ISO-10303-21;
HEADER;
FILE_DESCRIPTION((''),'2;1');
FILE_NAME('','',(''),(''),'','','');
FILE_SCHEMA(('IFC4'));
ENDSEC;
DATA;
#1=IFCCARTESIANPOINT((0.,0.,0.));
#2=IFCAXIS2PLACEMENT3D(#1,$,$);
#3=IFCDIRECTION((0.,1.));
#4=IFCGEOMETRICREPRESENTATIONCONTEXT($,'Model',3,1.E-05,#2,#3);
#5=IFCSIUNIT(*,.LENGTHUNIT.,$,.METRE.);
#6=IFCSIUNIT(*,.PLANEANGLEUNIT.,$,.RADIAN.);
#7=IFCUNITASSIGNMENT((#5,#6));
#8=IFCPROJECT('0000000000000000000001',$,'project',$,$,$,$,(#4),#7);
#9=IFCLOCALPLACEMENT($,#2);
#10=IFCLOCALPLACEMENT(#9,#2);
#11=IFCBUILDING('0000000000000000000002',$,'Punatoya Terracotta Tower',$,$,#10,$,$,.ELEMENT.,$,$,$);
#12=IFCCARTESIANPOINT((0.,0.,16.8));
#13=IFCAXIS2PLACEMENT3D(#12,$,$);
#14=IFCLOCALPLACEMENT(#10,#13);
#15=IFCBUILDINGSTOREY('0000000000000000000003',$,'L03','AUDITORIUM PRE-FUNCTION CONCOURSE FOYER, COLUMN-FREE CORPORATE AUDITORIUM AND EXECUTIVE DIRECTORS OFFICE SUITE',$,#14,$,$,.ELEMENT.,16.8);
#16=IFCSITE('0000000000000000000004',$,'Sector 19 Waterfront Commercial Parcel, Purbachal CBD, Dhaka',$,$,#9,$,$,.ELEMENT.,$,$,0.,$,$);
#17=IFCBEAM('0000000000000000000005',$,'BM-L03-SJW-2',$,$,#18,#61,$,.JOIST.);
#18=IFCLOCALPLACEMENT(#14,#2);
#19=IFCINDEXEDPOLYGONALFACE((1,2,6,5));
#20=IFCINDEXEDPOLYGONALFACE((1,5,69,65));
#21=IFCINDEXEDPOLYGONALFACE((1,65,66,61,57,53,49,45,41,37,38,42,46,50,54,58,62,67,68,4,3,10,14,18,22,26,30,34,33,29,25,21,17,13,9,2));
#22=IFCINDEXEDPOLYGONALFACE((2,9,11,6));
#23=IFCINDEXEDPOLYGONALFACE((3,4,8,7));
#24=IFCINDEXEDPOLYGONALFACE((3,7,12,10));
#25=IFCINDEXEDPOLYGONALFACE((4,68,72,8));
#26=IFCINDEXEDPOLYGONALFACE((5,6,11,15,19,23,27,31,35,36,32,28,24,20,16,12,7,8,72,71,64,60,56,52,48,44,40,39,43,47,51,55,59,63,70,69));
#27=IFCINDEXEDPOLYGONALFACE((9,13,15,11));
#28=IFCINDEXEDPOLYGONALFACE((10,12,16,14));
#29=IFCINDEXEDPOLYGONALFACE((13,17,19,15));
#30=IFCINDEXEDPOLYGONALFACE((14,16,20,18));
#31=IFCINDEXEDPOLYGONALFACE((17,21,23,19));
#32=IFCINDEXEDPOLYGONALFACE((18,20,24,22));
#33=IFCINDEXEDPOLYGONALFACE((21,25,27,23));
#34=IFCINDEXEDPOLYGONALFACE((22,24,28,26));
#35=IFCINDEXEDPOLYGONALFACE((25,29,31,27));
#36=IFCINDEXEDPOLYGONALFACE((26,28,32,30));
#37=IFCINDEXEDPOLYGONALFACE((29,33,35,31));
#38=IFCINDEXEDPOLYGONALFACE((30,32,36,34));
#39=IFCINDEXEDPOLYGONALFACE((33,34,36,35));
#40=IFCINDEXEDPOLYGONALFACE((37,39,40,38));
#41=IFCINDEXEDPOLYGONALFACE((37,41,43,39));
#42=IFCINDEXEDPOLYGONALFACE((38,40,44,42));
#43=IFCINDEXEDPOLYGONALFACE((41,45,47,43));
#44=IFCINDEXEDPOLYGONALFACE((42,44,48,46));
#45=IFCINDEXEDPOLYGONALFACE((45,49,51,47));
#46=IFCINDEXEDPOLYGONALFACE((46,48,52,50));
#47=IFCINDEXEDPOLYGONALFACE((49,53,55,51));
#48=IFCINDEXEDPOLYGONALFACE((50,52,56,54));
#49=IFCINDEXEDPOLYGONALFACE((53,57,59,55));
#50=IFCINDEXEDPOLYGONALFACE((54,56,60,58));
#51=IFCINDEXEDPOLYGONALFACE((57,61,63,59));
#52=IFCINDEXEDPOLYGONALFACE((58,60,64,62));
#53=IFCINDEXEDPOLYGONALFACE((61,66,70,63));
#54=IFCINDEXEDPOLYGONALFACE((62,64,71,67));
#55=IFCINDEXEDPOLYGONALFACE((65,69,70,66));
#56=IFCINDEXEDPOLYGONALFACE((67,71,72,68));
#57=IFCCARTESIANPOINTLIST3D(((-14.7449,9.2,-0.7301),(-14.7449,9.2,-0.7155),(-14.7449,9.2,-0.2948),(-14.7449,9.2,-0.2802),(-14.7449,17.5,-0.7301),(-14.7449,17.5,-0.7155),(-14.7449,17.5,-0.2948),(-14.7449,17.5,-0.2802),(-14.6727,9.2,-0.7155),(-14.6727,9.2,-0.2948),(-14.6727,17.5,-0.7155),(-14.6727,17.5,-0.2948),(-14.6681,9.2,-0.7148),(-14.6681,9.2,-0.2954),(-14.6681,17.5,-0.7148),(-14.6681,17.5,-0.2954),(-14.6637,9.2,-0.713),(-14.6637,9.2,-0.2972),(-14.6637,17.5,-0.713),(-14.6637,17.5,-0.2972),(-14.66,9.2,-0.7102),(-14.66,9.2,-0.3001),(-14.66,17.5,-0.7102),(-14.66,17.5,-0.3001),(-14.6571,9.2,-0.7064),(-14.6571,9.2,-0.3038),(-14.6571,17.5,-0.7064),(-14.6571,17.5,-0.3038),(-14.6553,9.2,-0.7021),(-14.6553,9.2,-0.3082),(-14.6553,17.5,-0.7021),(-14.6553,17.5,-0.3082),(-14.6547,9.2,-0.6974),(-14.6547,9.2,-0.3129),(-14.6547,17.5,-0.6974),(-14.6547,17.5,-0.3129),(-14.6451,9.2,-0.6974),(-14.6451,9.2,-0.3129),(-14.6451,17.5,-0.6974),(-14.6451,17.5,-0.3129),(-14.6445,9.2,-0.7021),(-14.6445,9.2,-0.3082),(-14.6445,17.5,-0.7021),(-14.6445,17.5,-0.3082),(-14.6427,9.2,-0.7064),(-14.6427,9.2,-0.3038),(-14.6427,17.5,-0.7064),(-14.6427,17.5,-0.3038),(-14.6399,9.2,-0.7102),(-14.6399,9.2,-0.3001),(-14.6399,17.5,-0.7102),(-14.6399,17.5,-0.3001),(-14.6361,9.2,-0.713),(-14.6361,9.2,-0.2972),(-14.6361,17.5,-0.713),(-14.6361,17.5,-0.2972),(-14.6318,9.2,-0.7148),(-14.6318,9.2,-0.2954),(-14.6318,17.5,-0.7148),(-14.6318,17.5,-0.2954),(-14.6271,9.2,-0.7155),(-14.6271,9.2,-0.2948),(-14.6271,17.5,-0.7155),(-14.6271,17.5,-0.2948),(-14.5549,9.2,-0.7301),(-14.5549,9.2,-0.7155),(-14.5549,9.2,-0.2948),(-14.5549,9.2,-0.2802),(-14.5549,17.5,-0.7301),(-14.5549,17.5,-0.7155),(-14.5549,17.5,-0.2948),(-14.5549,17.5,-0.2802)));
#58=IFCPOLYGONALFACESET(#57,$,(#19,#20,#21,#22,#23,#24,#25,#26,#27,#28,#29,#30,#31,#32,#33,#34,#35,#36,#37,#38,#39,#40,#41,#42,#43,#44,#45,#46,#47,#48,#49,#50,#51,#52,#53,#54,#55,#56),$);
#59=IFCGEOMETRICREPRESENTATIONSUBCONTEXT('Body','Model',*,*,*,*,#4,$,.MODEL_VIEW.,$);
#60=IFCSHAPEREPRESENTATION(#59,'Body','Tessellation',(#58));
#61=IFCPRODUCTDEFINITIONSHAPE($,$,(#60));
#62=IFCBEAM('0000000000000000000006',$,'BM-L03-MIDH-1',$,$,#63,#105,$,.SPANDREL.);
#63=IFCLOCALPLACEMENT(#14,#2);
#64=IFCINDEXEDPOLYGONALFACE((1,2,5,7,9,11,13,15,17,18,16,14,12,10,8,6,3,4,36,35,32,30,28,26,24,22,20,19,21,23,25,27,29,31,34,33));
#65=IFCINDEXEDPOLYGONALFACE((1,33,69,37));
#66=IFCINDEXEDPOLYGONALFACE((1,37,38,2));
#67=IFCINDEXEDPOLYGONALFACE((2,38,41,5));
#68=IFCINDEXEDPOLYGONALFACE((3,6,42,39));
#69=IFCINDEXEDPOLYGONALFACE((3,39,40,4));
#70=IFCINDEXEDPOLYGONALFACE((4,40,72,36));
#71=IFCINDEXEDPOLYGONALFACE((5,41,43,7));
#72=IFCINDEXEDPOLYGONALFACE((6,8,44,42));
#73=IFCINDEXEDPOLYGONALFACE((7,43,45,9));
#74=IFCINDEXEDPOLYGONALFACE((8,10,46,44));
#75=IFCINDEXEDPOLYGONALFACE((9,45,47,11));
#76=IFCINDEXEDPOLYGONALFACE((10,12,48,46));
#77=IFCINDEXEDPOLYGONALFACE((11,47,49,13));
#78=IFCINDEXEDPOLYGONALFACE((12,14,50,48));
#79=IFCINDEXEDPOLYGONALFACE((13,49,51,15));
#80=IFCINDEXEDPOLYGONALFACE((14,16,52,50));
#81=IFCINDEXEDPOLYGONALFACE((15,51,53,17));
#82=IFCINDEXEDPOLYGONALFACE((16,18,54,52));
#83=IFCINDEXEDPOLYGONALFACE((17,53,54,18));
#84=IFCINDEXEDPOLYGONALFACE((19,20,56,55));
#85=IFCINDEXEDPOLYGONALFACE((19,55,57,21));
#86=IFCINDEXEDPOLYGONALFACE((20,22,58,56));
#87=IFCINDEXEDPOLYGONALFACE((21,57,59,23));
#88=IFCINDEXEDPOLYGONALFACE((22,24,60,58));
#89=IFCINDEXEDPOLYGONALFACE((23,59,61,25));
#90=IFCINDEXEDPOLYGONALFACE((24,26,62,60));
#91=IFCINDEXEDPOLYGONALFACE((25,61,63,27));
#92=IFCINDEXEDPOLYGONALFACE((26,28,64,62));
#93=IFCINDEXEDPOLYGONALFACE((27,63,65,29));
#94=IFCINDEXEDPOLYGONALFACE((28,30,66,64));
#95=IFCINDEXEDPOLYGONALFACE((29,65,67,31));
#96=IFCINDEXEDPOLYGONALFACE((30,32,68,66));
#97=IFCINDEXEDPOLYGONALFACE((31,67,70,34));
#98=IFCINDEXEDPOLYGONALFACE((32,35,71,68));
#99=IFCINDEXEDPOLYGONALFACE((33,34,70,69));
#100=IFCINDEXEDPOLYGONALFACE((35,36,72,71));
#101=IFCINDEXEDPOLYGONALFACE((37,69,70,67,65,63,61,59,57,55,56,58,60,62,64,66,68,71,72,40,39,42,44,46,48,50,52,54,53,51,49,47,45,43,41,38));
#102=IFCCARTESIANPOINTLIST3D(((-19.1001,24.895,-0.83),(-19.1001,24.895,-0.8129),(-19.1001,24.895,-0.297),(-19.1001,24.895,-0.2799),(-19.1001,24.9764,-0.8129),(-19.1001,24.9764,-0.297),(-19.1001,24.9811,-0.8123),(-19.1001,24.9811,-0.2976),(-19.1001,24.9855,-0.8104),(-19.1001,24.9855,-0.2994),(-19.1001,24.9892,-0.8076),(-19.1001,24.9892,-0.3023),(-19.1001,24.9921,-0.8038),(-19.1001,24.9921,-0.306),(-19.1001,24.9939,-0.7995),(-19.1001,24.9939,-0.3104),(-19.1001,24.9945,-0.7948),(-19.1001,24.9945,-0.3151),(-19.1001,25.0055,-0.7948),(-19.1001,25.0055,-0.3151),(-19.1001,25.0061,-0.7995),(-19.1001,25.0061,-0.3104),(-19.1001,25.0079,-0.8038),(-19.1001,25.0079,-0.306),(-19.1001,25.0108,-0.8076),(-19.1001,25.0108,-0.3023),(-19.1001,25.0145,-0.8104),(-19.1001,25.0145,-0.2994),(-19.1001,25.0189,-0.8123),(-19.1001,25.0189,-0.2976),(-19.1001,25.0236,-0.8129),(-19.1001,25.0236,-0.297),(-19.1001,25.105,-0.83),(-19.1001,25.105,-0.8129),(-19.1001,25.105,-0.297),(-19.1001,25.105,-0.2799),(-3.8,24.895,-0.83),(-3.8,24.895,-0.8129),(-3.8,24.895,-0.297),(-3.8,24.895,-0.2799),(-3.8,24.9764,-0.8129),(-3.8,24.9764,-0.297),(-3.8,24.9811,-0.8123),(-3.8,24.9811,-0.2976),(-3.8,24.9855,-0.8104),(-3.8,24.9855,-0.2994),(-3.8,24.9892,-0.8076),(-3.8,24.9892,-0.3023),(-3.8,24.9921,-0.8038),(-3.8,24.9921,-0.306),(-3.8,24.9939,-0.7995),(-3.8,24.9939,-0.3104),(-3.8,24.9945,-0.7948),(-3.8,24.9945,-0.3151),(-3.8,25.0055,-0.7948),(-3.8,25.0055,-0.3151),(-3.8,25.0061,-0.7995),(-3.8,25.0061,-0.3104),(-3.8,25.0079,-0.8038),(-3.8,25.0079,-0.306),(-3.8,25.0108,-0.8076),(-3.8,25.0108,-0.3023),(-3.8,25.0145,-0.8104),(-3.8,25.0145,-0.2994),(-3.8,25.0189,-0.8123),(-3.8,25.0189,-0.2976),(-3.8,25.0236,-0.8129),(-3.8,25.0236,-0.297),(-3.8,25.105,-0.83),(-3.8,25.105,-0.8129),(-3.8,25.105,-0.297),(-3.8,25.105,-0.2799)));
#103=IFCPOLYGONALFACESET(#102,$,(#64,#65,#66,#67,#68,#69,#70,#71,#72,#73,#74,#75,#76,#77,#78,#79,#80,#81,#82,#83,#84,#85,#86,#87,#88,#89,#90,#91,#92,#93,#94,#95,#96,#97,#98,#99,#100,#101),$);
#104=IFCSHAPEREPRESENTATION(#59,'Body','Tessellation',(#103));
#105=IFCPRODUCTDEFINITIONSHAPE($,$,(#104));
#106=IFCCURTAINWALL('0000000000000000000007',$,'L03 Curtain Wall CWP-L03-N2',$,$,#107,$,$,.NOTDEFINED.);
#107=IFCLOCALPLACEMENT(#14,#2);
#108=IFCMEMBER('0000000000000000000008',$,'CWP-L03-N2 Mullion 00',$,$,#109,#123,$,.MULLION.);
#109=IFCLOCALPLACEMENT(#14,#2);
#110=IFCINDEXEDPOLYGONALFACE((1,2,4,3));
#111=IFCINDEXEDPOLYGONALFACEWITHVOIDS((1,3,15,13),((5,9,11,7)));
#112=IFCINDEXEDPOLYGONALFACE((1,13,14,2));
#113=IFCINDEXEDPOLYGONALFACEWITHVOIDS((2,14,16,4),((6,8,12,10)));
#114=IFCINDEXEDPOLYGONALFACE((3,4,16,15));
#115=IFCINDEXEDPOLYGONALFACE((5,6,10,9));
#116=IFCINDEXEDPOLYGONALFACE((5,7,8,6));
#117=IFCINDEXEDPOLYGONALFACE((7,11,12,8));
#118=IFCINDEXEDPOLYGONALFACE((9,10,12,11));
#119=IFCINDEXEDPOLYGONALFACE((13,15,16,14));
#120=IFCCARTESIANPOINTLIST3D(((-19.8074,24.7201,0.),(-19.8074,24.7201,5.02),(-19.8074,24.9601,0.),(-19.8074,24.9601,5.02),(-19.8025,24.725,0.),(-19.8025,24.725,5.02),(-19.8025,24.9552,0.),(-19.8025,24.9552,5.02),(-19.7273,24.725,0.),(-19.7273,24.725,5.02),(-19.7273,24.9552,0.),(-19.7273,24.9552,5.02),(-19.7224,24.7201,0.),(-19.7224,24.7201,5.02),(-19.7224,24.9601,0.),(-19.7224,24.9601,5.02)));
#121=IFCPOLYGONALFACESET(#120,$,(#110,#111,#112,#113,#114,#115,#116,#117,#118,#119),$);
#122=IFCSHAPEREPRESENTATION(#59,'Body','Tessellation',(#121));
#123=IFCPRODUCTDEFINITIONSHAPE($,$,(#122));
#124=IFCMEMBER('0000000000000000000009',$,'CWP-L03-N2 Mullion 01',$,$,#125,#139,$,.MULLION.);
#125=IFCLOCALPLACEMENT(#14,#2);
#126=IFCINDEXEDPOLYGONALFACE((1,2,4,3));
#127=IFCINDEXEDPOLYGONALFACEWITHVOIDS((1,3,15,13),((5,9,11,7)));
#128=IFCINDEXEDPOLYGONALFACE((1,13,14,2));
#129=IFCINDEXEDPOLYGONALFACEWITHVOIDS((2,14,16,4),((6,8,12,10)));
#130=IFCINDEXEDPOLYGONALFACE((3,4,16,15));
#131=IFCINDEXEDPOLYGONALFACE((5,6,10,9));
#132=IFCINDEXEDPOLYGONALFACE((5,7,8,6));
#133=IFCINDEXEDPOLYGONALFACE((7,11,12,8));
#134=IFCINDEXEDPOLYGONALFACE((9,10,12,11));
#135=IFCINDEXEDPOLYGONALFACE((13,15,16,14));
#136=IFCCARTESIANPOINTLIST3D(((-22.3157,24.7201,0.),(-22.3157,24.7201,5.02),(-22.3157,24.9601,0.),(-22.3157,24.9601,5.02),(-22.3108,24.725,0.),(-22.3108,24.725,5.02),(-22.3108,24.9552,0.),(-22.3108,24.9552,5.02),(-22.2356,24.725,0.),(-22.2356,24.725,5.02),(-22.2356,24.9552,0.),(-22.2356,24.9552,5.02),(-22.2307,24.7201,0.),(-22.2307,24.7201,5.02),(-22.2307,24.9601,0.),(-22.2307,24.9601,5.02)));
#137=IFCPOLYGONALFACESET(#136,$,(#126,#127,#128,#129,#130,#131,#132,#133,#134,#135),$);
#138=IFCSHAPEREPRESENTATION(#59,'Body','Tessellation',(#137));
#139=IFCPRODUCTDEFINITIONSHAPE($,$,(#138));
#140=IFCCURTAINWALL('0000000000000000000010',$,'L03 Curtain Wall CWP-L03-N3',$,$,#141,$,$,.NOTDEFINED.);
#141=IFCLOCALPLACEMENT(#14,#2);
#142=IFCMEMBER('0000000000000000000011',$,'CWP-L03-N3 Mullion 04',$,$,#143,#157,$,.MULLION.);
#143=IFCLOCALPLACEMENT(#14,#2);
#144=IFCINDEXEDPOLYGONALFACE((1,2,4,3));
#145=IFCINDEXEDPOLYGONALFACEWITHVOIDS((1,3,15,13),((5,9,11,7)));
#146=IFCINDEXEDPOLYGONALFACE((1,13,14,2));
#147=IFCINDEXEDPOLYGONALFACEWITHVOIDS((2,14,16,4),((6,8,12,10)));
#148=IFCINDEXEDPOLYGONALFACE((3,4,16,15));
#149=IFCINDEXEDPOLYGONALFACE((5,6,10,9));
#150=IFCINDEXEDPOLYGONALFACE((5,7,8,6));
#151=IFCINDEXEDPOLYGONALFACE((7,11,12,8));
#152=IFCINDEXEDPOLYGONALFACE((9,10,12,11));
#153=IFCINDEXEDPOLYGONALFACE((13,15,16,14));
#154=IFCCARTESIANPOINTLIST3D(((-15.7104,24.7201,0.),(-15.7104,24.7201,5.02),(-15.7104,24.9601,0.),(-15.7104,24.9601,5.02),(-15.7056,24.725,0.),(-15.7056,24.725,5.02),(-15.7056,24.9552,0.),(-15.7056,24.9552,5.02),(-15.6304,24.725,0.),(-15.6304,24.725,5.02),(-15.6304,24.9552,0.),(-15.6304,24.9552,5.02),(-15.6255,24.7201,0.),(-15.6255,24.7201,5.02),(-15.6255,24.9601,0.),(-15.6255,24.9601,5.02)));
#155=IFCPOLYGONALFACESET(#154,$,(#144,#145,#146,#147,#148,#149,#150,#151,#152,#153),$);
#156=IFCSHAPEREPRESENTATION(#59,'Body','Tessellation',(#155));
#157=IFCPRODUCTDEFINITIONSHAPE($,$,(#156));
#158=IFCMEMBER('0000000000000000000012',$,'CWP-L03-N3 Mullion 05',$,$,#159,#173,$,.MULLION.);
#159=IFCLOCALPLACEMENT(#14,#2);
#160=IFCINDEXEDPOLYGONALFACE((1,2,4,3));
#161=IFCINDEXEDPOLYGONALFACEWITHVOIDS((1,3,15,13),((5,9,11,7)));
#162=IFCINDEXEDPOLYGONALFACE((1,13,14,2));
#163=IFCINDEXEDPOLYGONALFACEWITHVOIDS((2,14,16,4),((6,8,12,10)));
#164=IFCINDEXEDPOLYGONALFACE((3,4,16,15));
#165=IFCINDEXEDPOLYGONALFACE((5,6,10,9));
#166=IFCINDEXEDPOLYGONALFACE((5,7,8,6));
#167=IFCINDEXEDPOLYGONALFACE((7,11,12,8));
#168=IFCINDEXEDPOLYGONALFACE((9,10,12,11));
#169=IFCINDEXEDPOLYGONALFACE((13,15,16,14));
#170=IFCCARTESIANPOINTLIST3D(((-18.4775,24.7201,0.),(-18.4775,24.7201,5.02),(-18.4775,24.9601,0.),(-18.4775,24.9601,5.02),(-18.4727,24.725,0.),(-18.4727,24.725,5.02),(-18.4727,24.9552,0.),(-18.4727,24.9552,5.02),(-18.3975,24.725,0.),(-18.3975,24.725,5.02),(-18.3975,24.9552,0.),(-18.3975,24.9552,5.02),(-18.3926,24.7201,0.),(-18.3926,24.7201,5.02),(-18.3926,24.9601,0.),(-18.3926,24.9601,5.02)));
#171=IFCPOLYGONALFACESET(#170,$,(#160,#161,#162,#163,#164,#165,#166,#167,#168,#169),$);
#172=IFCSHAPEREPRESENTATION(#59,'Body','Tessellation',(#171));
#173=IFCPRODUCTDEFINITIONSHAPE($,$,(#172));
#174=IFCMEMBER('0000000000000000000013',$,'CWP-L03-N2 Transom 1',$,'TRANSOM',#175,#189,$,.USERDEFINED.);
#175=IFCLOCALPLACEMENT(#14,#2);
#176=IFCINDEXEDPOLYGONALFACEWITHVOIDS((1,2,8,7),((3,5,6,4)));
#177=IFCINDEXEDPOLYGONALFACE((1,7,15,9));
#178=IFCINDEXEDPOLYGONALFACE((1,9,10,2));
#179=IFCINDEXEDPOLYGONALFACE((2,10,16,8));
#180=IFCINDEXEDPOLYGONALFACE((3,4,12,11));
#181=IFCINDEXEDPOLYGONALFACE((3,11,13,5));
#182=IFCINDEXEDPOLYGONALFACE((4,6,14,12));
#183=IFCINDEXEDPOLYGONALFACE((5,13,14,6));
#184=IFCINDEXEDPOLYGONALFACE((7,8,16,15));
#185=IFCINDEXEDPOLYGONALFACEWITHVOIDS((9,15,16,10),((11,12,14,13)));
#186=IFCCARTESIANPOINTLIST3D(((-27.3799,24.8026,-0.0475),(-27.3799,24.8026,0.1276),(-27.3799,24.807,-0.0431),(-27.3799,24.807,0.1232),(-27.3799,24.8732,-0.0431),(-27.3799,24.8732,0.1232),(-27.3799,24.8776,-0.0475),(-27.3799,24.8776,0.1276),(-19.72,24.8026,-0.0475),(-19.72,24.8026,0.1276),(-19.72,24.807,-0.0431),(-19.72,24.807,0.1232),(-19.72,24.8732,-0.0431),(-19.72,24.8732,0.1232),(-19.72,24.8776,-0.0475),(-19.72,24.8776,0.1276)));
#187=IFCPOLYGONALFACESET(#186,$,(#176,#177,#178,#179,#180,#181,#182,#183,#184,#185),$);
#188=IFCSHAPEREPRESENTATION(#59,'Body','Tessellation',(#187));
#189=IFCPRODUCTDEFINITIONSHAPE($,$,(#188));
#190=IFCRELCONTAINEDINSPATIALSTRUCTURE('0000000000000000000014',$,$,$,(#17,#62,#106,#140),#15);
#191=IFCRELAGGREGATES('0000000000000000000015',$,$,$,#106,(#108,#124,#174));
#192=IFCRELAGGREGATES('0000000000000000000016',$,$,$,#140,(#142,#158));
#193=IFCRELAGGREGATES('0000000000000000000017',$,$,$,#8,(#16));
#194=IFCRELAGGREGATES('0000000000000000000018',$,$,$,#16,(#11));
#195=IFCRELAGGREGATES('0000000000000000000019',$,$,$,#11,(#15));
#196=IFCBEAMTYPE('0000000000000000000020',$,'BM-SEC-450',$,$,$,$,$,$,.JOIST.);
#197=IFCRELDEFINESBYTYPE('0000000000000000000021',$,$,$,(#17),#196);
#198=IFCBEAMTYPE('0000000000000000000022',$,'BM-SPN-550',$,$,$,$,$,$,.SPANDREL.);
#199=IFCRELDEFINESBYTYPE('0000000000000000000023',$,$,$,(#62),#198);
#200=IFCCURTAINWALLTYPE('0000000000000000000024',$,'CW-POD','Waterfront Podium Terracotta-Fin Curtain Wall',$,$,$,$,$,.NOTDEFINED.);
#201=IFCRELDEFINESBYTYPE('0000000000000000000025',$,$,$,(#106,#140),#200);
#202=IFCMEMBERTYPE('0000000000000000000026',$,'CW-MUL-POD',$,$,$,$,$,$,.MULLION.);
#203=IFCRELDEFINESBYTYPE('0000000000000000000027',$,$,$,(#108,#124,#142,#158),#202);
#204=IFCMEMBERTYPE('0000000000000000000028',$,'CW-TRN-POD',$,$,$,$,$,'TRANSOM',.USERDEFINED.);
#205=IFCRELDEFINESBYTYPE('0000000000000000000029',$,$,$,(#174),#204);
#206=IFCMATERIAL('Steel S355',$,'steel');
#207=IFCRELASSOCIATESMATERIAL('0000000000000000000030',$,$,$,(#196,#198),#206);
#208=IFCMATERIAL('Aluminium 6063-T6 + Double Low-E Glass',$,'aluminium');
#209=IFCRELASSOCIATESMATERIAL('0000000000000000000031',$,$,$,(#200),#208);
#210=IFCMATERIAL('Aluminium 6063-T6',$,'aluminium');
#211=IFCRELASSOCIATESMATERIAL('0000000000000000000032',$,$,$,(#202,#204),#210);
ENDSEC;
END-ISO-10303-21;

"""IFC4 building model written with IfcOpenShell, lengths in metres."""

from ifc_helpers import new_model, si_unit, direction, frame, origin, origin_2d, place, context, subcontext, project, spatial, hollow_rectangle, i_section, extrude, material, material_profile, profile_set, type_object, element, aggregate, save


model = new_model("IFC4")

# Units and contexts
model_context = context("Model", 3, precision=1e-05, world=origin(), true_north=direction((0.0, 1.0)))
body_context = subcontext(model_context, "Body", "Model", "MODEL_VIEW")
ifc_project = project(units=[si_unit("LENGTHUNIT", "METRE"), si_unit("PLANEANGLEUNIT", "RADIAN")], contexts=[model_context])

# Site, building, storey
site_placement = place(None, origin())
site = spatial("IfcSite", under=ifc_project, at=site_placement, Name="Sector 19 Waterfront Commercial Parcel, Purbachal CBD, Dhaka", CompositionType="ELEMENT", RefElevation=0.0)
building_placement = place(site_placement, origin())
building = spatial("IfcBuilding", under=site, at=building_placement, Name="Punatoya Terracotta Tower", CompositionType="ELEMENT")
storey_placement = place(building_placement, frame((0.0, 0.0, 16.8)))
storey = spatial("IfcBuildingStorey", under=building, at=storey_placement, Name="L03", Description="AUDITORIUM PRE-FUNCTION CONCOURSE FOYER, COLUMN-FREE CORPORATE AUDITORIUM AND EXECUTIVE DIRECTORS OFFICE SUITE", CompositionType="ELEMENT", Elevation=16.8)

# Beams
ifc_material_1 = material(Name="Steel S355", Category="steel")
ifc_material_profile_1 = material_profile(ifc_material_1, i_section(OverallWidth=0.1899, OverallDepth=0.45, WebThickness=0.0095, FlangeThickness=0.0146, FilletRadius=0.0181, at=origin_2d()))
ifc_profile_set_1 = profile_set([ifc_material_profile_1], Name="Steel S355")
beam_type_1 = type_object("IfcBeamType", Name="BM-SEC-450", PredefinedType="JOIST", material=ifc_profile_set_1)
beam_1_placement = place(storey_placement, frame((-14.6499, 9.2, -0.5051), z_axis=(0.0, 1.0, 0.0), x_axis=(-1.0, 0.0, 0.0)))
element("IfcBeam", 1, at=beam_1_placement, inside=storey, type_object=beam_type_1, Name="BM-L03-SJW-2", PredefinedType="JOIST", context=body_context, shape_type="SweptSolid", body=[
    extrude(i_section(OverallWidth=0.1899, OverallDepth=0.45, WebThickness=0.0095, FlangeThickness=0.0146, FilletRadius=0.0181, at=origin_2d()), origin(), (0.0, 0.0, 1.0), 8.3),
])
ifc_material_profile_2 = material_profile(ifc_material_1, i_section(OverallWidth=0.21, OverallDepth=0.55, WebThickness=0.011, FlangeThickness=0.0171, FilletRadius=0.0181, at=origin_2d()))
ifc_profile_set_2 = profile_set([ifc_material_profile_2], Name="Steel S355")
beam_type_2 = type_object("IfcBeamType", Name="BM-SPN-550", PredefinedType="SPANDREL", material=ifc_profile_set_2)
beam_2_placement = place(storey_placement, frame((-19.1001, 25.0, -0.5549), z_axis=(1.0, 0.0, 0.0), x_axis=(0.0, 1.0, 0.0)))
element("IfcBeam", 2, at=beam_2_placement, inside=storey, type_object=beam_type_2, Name="BM-L03-MIDH-1", PredefinedType="SPANDREL", context=body_context, shape_type="SweptSolid", body=[
    extrude(i_section(OverallWidth=0.21, OverallDepth=0.55, WebThickness=0.011, FlangeThickness=0.0171, FilletRadius=0.0181, at=origin_2d()), origin(), (0.0, 0.0, 1.0), 15.3),
])

# Curtain walls, members
ifc_material_2 = material(Name="Aluminium 6063-T6 + Double Low-E Glass", Category="aluminium")
curtain_wall_type = type_object("IfcCurtainWallType", Name="CW-POD", Description="Waterfront Podium Terracotta-Fin Curtain Wall", PredefinedType="NOTDEFINED", material=ifc_material_2)
curtain_wall_1_placement = place(storey_placement, origin())
curtain_wall_1 = element("IfcCurtainWall", 3, at=curtain_wall_1_placement, inside=storey, type_object=curtain_wall_type, Name="L03 Curtain Wall CWP-L03-N2", PredefinedType="NOTDEFINED")
ifc_material_3 = material(Name="Aluminium 6063-T6", Category="aluminium")
ifc_material_profile_3 = material_profile(ifc_material_3, hollow_rectangle(XDim=0.085, YDim=0.24, WallThickness=0.0049, at=origin_2d()))
ifc_profile_set_3 = profile_set([ifc_material_profile_3], Name="Aluminium 6063-T6")
member_type_1 = type_object("IfcMemberType", Name="CW-MUL-POD", PredefinedType="MULLION", material=ifc_profile_set_3)
member_1_placement = place(storey_placement, frame((-19.7649, 24.8401, 0.0), z_axis=(0.0, 0.0, 1.0), x_axis=(1.0, 0.0, 0.0)))
member_1 = element("IfcMember", 4, at=member_1_placement, type_object=member_type_1, Name="CWP-L03-N2 Mullion 00", PredefinedType="MULLION", context=body_context, shape_type="SweptSolid", body=[
    extrude(hollow_rectangle(XDim=0.085, YDim=0.24, WallThickness=0.0049, at=origin_2d()), origin(), (0.0, 0.0, 1.0), 5.02),
])
member_2_placement = place(storey_placement, frame((-22.2732, 24.8401, 0.0), z_axis=(0.0, 0.0, 1.0), x_axis=(1.0, 0.0, 0.0)))
member_2 = element("IfcMember", 5, at=member_2_placement, type_object=member_type_1, Name="CWP-L03-N2 Mullion 01", PredefinedType="MULLION", context=body_context, shape_type="SweptSolid", body=[
    extrude(hollow_rectangle(XDim=0.085, YDim=0.24, WallThickness=0.0049, at=origin_2d()), origin(), (0.0, 0.0, 1.0), 5.02),
])
curtain_wall_2_placement = place(storey_placement, origin())
curtain_wall_2 = element("IfcCurtainWall", 6, at=curtain_wall_2_placement, inside=storey, type_object=curtain_wall_type, Name="L03 Curtain Wall CWP-L03-N3", PredefinedType="NOTDEFINED")
member_3_placement = place(storey_placement, frame((-15.668, 24.8401, 0.0), z_axis=(0.0, 0.0, 1.0), x_axis=(1.0, 0.0, 0.0)))
member_3 = element("IfcMember", 7, at=member_3_placement, type_object=member_type_1, Name="CWP-L03-N3 Mullion 04", PredefinedType="MULLION", context=body_context, shape_type="SweptSolid", body=[
    extrude(hollow_rectangle(XDim=0.085, YDim=0.24, WallThickness=0.0049, at=origin_2d()), origin(), (0.0, 0.0, 1.0), 5.02),
])
member_4_placement = place(storey_placement, frame((-18.4351, 24.8401, 0.0), z_axis=(0.0, 0.0, 1.0), x_axis=(1.0, 0.0, 0.0)))
member_4 = element("IfcMember", 8, at=member_4_placement, type_object=member_type_1, Name="CWP-L03-N3 Mullion 05", PredefinedType="MULLION", context=body_context, shape_type="SweptSolid", body=[
    extrude(hollow_rectangle(XDim=0.085, YDim=0.24, WallThickness=0.0049, at=origin_2d()), origin(), (0.0, 0.0, 1.0), 5.02),
])

# Member
ifc_material_profile_4 = material_profile(ifc_material_3, hollow_rectangle(XDim=0.075, YDim=0.175, WallThickness=0.0044, at=origin_2d()))
ifc_profile_set_4 = profile_set([ifc_material_profile_4], Name="Aluminium 6063-T6")
member_type_2 = type_object("IfcMemberType", Name="CW-TRN-POD", ElementType="TRANSOM", PredefinedType="USERDEFINED", material=ifc_profile_set_4)
member_5_placement = place(storey_placement, frame((-19.72, 24.8401, 0.04), z_axis=(-1.0, 0.0, 0.0), x_axis=(0.0, -1.0, 0.0)))
member_5 = element("IfcMember", 9, at=member_5_placement, type_object=member_type_2, Name="CWP-L03-N2 Transom 1", ObjectType="TRANSOM", PredefinedType="USERDEFINED", context=body_context, shape_type="SweptSolid", body=[
    extrude(hollow_rectangle(XDim=0.075, YDim=0.175, WallThickness=0.0044, at=origin_2d()), origin(), (0.0, 0.0, 1.0), 7.6599),
])

aggregate(curtain_wall_1, [member_1, member_2, member_5])
aggregate(curtain_wall_2, [member_3, member_4])

save(model, "model.ifc")
